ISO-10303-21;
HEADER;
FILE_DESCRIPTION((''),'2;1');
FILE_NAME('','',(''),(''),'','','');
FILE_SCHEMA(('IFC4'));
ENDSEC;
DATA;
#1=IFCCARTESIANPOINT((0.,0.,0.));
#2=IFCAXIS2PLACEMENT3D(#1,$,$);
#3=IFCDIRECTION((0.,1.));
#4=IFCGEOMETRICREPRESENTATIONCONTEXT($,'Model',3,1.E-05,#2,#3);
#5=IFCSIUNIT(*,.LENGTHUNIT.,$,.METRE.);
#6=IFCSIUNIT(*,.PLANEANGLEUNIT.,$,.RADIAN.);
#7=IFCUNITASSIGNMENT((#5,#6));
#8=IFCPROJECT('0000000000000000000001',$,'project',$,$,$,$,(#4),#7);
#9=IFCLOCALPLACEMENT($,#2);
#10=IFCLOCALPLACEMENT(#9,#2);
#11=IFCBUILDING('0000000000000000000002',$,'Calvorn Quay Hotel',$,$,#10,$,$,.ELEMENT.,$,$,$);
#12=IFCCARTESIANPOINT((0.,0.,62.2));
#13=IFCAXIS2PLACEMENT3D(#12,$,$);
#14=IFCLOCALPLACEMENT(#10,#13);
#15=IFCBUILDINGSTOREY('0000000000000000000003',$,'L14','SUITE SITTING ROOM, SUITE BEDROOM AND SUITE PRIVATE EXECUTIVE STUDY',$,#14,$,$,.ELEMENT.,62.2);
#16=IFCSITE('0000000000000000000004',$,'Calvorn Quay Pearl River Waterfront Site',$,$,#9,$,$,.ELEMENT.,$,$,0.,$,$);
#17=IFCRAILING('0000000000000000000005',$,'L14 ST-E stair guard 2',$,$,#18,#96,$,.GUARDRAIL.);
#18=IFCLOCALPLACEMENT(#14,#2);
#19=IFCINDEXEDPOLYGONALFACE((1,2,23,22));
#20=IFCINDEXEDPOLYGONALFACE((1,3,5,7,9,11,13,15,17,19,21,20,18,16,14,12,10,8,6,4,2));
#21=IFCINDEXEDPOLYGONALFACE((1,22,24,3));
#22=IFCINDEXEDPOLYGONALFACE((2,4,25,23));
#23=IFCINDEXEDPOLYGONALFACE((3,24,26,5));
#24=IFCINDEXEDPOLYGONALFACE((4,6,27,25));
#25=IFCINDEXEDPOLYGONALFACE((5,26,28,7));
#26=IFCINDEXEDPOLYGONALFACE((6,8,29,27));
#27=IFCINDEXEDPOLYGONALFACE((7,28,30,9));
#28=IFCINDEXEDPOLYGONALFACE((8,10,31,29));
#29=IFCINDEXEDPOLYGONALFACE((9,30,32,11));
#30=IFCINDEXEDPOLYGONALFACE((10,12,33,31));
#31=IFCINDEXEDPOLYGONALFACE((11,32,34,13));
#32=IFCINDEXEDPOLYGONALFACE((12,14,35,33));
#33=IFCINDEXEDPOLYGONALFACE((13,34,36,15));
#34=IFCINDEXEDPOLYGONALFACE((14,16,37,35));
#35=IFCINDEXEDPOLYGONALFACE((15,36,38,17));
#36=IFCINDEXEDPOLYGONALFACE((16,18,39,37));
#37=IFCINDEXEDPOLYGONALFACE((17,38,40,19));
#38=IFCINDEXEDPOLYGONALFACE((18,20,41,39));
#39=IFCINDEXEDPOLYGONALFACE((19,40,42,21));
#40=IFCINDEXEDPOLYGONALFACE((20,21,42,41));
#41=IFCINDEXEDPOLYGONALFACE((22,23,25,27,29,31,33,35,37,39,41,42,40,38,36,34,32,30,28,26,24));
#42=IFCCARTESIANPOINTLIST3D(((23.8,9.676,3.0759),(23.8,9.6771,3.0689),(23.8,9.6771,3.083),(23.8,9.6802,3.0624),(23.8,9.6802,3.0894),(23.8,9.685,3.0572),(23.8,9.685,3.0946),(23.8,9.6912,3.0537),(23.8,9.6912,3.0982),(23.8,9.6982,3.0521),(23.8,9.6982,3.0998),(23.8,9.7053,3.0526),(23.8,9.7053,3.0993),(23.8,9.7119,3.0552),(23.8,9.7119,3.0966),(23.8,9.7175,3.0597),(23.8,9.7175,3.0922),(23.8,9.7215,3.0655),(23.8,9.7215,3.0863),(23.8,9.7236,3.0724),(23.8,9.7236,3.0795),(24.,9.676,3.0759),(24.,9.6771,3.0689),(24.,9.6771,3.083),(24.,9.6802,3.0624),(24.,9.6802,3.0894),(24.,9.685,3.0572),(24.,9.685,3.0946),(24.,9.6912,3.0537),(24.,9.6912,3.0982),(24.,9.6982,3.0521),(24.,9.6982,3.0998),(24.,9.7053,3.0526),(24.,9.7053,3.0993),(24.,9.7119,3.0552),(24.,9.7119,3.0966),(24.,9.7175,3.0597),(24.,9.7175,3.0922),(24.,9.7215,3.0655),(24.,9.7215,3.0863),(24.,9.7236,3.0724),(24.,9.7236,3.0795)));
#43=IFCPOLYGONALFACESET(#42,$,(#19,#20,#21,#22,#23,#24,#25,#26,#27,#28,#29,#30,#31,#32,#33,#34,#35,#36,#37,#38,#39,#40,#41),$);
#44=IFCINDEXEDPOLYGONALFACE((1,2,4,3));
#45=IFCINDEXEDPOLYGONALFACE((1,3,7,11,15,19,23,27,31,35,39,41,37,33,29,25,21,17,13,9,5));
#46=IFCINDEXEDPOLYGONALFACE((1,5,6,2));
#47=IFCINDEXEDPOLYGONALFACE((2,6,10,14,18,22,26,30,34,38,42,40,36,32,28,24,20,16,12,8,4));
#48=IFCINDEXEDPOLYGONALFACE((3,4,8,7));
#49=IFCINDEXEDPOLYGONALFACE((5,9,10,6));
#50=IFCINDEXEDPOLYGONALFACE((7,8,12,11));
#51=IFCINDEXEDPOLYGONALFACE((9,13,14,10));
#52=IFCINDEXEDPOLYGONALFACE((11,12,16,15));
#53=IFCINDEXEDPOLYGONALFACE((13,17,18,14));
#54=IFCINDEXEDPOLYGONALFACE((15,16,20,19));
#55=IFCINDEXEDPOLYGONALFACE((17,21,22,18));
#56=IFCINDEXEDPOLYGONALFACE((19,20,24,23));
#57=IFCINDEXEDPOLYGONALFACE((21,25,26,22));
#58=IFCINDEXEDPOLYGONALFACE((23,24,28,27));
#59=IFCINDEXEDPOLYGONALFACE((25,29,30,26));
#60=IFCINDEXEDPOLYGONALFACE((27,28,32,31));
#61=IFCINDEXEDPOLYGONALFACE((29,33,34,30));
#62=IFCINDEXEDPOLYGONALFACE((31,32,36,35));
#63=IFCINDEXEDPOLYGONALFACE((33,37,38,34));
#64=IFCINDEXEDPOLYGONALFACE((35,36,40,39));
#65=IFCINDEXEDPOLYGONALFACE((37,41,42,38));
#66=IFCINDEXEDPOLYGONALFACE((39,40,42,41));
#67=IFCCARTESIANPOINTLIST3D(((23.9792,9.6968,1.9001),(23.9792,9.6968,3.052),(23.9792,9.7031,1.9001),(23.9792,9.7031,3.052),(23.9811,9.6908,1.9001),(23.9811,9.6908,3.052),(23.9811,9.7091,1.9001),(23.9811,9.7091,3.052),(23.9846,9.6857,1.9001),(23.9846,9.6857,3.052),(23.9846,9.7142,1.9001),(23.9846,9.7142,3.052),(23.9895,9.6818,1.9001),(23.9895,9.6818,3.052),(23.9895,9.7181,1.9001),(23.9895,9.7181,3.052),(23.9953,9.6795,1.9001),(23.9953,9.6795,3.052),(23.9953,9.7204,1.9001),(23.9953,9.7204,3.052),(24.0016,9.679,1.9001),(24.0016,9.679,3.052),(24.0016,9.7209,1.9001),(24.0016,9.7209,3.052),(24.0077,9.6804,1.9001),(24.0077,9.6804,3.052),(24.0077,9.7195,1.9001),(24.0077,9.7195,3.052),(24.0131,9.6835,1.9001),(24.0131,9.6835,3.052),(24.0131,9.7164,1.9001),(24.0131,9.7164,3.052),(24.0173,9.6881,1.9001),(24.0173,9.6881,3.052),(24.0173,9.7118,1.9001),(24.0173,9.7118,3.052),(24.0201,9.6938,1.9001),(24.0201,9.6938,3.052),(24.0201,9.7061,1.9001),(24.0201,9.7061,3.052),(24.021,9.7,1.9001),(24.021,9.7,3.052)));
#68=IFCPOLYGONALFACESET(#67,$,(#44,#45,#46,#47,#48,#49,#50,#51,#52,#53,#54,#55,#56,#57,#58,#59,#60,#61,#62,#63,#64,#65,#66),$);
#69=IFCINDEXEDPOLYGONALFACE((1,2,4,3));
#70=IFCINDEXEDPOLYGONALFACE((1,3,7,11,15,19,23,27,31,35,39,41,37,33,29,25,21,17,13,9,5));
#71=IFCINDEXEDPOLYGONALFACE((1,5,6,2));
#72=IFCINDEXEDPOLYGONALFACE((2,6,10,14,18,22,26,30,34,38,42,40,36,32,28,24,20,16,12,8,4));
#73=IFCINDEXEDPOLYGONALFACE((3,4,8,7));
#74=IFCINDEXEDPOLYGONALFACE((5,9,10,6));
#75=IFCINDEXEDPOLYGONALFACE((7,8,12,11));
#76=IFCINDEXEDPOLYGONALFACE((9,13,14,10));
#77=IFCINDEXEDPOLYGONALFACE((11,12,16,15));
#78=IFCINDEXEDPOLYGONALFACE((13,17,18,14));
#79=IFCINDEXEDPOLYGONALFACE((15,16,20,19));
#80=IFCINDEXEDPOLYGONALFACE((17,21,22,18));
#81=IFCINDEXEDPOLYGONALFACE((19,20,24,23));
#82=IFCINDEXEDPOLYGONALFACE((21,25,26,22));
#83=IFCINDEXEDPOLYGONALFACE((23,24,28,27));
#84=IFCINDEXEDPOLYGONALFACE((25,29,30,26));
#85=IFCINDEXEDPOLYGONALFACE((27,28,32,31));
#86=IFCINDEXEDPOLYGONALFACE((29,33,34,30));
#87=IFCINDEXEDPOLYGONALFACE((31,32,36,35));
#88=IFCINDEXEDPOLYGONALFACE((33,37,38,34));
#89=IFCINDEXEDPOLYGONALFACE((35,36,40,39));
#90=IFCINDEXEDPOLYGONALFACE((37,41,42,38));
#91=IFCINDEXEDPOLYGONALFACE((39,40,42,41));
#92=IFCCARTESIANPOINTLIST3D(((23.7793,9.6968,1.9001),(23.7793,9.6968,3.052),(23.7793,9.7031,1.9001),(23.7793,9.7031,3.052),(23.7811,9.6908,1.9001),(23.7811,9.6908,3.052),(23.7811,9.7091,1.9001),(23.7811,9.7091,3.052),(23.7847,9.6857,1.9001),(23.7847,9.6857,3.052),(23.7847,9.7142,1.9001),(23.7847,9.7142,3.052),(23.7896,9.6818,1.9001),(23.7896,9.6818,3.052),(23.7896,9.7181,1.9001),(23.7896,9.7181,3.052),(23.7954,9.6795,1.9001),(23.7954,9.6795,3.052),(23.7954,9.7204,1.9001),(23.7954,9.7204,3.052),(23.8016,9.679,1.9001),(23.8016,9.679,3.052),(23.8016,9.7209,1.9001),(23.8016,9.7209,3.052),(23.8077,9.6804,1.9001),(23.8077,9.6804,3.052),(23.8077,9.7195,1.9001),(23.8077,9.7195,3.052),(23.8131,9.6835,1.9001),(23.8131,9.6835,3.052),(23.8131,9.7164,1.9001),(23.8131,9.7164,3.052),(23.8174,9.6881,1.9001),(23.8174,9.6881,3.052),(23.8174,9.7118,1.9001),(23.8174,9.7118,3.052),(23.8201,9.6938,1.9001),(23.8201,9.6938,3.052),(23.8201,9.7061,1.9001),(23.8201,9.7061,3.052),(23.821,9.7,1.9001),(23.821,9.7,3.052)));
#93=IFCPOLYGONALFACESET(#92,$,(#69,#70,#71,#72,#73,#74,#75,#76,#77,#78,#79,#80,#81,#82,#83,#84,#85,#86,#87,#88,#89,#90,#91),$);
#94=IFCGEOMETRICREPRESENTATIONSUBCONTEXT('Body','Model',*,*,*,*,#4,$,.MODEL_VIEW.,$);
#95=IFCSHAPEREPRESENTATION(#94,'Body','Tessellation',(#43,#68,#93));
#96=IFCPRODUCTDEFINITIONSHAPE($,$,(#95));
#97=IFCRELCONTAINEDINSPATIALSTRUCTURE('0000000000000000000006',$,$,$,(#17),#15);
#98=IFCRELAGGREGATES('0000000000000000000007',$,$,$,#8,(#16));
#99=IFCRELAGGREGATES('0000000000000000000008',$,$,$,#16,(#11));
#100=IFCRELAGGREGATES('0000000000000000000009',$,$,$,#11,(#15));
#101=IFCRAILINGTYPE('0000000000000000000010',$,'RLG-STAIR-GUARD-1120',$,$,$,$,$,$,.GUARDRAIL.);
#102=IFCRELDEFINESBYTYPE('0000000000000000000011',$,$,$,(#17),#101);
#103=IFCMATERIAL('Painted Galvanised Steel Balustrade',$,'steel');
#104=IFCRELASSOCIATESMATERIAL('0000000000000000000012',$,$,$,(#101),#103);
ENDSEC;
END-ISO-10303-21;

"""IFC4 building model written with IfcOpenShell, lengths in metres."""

from ifc_helpers import new_model, si_unit, direction, frame, origin, origin_2d, place, context, subcontext, project, spatial, circle, extrude, material, type_object, element, save


model = new_model("IFC4")

# Units and contexts
model_context = context("Model", 3, precision=1e-05, world=origin(), true_north=direction((0.0, 1.0)))
body_context = subcontext(model_context, "Body", "Model", "MODEL_VIEW")
ifc_project = project(units=[si_unit("LENGTHUNIT", "METRE"), si_unit("PLANEANGLEUNIT", "RADIAN")], contexts=[model_context])

# Site, building, storey
site_placement = place(None, origin())
site = spatial("IfcSite", under=ifc_project, at=site_placement, Name="Calvorn Quay Pearl River Waterfront Site", CompositionType="ELEMENT", RefElevation=0.0)
building_placement = place(site_placement, origin())
building = spatial("IfcBuilding", under=site, at=building_placement, Name="Calvorn Quay Hotel", CompositionType="ELEMENT")
storey_placement = place(building_placement, frame((0.0, 0.0, 62.2)))
storey = spatial("IfcBuildingStorey", under=building, at=storey_placement, Name="L14", Description="SUITE SITTING ROOM, SUITE BEDROOM AND SUITE PRIVATE EXECUTIVE STUDY", CompositionType="ELEMENT", Elevation=62.2)

# Railing
ifc_material_1 = material(Name="Painted Galvanised Steel Balustrade", Category="steel")
railing_type_1 = type_object("IfcRailingType", Name="RLG-STAIR-GUARD-1120", PredefinedType="GUARDRAIL", material=ifc_material_1)
railing_1_placement = place(storey_placement, frame((24.0, 9.7, 1.9001)))
element("IfcRailing", 1, at=railing_1_placement, inside=storey, type_object=railing_type_1, Name="L14 ST-E stair guard 2", PredefinedType="GUARDRAIL", context=body_context, shape_type="SweptSolid", body=[
    extrude(circle(Radius=0.0239, at=origin_2d()), frame((0.0, 0.0, 1.1758), z_axis=(-1.0, 0.0, 0.0), x_axis=(0.0, -1.0, 0.0)), (0.0, 0.0, 1.0), 0.2),
    extrude(circle(Radius=0.021, at=origin_2d()), origin(), (0.0, 0.0, 1.0), 1.1519),
    extrude(circle(Radius=0.021, at=origin_2d()), frame((-0.2, 0.0, 0.0)), (0.0, 0.0, 1.0), 1.1519),
])

save(model, "model.ifc")
